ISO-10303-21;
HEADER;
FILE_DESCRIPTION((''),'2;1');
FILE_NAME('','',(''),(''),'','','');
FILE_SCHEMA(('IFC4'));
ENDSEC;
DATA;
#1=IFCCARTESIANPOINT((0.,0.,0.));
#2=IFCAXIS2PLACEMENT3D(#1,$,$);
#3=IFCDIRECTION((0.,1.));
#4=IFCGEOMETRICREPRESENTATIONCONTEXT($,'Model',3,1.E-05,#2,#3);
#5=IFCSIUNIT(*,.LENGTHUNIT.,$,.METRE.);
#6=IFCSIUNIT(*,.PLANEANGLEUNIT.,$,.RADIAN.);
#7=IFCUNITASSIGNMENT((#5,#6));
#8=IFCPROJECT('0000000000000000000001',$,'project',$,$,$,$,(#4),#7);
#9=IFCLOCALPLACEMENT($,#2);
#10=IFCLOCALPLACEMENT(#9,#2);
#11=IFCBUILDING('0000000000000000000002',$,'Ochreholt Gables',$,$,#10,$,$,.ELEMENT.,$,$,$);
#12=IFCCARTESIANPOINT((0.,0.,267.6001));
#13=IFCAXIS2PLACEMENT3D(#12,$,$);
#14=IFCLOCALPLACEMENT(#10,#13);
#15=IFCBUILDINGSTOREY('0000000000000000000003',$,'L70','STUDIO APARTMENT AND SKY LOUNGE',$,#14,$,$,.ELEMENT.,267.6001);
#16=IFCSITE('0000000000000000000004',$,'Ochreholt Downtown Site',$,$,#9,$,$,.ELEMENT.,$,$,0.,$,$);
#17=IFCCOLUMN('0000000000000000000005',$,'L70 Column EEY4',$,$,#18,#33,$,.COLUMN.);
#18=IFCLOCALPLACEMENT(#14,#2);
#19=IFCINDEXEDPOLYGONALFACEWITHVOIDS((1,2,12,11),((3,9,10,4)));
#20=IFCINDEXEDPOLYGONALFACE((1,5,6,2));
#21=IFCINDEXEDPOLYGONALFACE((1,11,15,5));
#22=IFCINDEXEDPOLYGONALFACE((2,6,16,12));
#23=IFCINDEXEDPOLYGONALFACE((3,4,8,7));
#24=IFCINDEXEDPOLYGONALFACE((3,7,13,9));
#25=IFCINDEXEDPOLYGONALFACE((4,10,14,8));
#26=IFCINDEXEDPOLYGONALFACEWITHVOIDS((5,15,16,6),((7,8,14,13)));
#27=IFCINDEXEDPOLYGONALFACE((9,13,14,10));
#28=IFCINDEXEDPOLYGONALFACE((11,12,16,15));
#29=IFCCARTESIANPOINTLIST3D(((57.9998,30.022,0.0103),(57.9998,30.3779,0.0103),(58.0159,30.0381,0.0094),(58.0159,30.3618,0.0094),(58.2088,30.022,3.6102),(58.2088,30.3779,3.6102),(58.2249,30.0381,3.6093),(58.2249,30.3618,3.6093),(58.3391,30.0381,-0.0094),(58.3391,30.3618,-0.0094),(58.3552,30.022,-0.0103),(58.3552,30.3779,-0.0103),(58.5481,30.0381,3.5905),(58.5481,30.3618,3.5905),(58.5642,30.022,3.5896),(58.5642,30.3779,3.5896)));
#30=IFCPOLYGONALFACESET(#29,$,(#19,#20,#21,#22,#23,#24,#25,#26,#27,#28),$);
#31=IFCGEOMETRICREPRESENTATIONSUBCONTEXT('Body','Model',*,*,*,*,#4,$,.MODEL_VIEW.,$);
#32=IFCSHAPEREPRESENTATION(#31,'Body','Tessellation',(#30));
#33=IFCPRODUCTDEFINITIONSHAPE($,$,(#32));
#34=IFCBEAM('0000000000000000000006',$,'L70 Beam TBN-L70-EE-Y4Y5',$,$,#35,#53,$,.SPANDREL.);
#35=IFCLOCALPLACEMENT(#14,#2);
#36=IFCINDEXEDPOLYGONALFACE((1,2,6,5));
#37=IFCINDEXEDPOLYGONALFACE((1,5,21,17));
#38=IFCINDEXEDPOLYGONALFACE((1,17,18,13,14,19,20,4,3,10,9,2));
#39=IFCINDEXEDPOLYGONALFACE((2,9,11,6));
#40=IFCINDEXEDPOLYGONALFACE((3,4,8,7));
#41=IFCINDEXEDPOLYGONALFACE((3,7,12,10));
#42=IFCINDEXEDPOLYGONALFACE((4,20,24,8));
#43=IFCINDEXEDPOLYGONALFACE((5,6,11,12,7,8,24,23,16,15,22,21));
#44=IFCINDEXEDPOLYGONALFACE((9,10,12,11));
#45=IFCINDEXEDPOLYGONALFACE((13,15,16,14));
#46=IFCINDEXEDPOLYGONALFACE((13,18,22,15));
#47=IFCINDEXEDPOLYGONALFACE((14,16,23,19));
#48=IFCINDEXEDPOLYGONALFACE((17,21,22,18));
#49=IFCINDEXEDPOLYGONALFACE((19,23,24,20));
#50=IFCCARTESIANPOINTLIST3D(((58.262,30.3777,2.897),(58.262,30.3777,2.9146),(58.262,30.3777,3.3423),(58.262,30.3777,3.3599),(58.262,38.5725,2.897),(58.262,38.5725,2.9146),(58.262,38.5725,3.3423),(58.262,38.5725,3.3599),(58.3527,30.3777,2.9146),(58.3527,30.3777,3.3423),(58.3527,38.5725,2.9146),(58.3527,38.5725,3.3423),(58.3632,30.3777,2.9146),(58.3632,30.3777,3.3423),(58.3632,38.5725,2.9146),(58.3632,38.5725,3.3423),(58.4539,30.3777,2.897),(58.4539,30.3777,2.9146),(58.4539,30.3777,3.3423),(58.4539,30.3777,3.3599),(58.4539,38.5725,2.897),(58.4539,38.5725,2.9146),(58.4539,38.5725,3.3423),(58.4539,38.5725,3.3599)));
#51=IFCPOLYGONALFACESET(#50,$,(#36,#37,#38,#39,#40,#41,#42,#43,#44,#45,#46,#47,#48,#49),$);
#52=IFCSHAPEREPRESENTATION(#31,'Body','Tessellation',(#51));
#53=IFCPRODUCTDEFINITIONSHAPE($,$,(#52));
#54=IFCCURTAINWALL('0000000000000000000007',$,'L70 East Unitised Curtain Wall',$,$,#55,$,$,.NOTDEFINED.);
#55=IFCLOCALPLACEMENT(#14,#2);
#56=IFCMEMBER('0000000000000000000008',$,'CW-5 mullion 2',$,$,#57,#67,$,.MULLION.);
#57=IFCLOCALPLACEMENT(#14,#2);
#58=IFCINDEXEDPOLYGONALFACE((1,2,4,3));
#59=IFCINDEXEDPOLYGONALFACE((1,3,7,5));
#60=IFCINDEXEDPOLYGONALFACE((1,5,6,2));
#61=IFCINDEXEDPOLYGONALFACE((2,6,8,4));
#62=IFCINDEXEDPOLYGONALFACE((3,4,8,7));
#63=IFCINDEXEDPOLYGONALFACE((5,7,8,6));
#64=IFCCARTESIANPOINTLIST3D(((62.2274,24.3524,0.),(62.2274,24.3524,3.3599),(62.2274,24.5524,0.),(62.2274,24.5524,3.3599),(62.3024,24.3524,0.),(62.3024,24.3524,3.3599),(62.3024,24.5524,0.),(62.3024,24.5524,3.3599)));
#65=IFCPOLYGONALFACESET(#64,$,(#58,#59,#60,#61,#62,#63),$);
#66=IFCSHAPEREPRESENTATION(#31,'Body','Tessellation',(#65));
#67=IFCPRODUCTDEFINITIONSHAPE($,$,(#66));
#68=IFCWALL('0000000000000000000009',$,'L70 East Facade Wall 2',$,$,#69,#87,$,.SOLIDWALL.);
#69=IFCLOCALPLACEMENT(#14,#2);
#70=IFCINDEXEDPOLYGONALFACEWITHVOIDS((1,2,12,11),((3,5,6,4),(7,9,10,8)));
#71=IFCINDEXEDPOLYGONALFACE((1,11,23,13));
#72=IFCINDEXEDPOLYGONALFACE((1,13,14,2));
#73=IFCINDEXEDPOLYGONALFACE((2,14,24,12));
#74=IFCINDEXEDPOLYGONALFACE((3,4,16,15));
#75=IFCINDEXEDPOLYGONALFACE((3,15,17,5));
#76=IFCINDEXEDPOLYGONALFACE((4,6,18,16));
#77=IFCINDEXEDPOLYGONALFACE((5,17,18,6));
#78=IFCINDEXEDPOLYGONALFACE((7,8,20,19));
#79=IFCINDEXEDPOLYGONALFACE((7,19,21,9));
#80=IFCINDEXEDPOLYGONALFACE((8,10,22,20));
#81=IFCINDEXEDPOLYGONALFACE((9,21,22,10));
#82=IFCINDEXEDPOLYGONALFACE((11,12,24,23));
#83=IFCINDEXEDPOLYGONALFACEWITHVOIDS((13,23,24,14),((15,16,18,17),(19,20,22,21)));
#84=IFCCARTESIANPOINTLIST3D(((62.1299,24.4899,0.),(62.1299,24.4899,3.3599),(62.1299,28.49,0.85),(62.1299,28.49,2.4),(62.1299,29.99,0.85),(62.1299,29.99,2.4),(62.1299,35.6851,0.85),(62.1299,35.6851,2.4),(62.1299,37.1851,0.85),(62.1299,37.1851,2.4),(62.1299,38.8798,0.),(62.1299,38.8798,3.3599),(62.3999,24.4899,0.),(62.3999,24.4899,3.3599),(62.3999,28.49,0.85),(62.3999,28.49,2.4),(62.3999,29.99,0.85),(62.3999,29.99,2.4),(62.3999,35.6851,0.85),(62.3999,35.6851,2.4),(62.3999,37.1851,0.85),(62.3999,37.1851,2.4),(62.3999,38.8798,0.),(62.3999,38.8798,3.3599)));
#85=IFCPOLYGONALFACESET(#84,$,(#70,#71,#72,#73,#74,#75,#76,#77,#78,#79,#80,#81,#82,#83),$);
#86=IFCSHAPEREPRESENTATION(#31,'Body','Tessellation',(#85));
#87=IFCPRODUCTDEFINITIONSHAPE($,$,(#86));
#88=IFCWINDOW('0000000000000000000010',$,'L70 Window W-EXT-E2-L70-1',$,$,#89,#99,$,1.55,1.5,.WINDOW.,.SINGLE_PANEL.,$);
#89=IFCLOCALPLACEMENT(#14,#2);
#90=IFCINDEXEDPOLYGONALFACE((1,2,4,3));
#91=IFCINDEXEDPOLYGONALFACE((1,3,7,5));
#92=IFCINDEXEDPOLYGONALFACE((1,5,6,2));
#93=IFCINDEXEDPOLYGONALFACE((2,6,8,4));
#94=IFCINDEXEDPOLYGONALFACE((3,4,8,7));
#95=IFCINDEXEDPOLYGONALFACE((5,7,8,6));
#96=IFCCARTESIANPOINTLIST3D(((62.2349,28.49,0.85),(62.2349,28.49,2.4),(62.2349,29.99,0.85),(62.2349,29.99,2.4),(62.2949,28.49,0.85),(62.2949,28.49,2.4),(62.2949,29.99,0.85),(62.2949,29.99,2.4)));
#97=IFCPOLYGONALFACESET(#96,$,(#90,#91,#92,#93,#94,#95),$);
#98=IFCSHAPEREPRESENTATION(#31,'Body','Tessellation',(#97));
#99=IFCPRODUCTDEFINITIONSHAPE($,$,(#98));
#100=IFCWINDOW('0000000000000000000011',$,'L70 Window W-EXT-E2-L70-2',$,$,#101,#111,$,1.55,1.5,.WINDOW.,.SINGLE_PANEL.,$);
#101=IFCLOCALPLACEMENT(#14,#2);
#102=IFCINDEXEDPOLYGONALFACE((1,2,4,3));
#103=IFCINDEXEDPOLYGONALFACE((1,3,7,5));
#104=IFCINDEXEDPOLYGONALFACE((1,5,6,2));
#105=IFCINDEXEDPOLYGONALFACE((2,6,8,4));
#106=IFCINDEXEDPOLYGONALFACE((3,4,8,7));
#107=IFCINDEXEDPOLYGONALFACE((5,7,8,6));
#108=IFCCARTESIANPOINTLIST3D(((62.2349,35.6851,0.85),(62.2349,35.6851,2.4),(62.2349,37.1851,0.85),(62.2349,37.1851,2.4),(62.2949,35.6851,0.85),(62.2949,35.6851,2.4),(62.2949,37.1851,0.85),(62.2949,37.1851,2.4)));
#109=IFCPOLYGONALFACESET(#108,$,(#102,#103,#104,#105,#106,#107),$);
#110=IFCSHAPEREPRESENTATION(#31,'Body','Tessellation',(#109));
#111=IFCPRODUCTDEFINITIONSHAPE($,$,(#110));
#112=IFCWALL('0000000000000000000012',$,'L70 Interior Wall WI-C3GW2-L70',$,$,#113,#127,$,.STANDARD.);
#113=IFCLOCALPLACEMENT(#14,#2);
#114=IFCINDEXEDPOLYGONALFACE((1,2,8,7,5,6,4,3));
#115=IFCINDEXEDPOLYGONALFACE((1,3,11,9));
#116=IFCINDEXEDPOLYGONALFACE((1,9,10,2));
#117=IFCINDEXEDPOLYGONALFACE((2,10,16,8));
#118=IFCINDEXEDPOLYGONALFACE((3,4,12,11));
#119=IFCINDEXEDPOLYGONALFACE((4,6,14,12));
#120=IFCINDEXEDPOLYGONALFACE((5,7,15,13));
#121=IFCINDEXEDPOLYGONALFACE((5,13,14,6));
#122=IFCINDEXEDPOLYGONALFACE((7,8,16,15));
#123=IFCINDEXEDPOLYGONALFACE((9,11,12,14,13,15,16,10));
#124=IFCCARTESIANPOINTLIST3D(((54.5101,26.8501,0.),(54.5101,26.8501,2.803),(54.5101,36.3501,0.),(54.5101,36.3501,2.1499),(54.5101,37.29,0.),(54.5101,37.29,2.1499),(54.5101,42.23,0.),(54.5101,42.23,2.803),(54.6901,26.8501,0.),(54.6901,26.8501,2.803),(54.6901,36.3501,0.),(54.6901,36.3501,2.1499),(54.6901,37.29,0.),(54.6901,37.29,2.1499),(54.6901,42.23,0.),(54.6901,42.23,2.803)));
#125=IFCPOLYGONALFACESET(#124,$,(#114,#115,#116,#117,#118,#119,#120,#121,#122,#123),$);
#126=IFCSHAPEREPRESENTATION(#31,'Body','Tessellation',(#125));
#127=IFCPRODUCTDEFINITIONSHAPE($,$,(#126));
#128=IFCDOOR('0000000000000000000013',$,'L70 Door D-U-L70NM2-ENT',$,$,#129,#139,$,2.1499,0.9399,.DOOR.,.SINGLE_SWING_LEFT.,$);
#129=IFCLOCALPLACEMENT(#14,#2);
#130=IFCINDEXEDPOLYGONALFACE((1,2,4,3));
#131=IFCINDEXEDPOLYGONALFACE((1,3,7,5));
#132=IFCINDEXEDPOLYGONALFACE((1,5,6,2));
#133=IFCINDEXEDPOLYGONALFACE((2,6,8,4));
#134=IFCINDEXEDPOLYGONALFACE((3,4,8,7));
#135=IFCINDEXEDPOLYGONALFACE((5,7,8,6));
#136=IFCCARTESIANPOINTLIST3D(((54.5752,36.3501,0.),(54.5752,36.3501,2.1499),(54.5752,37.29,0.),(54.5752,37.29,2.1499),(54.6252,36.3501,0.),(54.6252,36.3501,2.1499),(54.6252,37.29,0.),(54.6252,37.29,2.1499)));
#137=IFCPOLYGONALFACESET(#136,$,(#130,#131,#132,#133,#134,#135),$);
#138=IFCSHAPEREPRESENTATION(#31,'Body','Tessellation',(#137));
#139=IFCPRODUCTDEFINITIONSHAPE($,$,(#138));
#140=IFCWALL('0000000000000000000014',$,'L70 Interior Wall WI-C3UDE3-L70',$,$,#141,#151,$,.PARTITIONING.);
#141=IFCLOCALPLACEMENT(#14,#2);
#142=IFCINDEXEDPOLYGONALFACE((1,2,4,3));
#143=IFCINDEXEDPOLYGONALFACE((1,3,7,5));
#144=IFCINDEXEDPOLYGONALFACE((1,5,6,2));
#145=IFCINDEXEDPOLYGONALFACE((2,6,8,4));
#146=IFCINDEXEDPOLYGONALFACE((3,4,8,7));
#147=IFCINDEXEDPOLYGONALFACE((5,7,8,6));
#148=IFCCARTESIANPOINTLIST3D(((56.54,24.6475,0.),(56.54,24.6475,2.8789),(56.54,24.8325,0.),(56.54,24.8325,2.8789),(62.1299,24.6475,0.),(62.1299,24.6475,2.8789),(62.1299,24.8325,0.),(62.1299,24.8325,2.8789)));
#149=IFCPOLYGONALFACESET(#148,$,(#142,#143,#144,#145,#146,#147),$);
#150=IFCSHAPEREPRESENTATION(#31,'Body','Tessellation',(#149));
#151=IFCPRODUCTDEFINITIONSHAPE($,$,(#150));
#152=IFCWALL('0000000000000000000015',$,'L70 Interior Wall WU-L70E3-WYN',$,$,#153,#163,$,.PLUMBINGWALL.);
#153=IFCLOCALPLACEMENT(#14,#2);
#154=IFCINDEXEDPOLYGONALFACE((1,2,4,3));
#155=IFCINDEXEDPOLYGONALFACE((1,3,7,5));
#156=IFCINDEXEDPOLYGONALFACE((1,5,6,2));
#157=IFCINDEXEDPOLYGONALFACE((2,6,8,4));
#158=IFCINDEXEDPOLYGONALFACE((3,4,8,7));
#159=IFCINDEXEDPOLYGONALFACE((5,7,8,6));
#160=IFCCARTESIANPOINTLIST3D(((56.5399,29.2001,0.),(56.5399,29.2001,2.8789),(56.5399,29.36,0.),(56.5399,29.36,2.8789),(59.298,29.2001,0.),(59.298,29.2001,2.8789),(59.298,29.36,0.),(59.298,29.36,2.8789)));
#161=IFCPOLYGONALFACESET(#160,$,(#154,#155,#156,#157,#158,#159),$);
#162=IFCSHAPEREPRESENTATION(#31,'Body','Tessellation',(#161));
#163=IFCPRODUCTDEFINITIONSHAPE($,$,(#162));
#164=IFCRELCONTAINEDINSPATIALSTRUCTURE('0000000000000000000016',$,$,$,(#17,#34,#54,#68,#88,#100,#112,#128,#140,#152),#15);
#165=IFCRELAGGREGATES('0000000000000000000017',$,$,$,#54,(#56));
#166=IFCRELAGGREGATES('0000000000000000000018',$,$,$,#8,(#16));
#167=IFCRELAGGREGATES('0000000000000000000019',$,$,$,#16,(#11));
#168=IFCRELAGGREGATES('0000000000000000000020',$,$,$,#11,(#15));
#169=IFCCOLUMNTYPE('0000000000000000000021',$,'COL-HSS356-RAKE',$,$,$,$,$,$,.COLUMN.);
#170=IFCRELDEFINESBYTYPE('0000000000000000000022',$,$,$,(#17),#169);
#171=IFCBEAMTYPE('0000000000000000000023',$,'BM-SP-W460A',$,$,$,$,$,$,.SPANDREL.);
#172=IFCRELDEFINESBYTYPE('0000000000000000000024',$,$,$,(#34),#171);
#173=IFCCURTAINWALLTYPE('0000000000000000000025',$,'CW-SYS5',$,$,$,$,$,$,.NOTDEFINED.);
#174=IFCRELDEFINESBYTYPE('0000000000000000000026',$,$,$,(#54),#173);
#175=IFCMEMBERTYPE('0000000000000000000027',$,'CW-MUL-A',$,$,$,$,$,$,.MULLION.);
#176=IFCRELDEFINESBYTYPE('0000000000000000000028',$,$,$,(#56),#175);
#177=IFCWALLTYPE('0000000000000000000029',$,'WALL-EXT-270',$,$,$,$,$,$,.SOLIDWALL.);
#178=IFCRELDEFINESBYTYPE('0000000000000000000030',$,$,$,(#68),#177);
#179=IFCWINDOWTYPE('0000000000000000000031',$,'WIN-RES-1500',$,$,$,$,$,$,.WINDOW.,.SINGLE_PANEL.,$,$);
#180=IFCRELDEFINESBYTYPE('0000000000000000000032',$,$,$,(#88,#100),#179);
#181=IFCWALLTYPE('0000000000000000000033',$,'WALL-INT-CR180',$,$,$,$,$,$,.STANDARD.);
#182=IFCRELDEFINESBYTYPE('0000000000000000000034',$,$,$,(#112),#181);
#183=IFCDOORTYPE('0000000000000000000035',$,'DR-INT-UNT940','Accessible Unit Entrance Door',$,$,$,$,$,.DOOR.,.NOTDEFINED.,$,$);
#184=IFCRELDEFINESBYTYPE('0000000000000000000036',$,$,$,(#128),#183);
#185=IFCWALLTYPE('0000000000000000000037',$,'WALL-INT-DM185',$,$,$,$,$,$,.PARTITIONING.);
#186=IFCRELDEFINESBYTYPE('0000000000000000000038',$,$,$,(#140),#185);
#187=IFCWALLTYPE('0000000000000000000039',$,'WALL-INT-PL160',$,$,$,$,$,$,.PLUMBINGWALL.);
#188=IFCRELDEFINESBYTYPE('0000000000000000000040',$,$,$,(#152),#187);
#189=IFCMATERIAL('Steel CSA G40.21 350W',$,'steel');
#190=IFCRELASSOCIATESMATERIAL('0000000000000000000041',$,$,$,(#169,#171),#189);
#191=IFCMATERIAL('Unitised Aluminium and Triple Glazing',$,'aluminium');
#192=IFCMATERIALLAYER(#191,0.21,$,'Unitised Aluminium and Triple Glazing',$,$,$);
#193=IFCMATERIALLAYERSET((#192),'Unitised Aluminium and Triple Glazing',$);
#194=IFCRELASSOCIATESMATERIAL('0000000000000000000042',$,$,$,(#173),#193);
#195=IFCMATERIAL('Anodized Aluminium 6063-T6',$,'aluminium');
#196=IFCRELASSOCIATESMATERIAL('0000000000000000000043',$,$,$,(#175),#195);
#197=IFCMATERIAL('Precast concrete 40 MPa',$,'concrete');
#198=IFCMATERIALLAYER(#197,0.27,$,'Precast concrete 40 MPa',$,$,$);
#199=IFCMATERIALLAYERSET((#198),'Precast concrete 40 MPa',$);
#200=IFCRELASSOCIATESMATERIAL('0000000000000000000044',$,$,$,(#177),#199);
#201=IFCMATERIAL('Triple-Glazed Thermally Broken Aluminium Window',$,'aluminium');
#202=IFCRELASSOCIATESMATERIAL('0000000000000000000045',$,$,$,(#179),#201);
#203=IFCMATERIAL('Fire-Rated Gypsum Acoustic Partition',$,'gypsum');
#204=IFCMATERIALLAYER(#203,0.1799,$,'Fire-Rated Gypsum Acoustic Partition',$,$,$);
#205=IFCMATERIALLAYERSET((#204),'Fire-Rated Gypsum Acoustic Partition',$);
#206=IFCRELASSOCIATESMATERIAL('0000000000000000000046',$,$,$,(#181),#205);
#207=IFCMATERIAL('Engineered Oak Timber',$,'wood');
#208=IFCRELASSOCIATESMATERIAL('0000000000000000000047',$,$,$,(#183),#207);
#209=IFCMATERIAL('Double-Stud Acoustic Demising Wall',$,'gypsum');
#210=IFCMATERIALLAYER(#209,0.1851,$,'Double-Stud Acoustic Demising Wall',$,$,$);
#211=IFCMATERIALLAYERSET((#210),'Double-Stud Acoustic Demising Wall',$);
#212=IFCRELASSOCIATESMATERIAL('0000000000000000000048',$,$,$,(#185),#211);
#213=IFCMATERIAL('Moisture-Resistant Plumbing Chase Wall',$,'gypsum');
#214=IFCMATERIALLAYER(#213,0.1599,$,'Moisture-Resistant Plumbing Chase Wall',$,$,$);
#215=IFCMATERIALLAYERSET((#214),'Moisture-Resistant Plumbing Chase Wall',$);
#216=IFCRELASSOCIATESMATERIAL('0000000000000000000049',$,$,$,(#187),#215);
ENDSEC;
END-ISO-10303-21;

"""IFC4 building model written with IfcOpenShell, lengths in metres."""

from ifc_helpers import new_model, si_unit, direction, frame, frame_2d, origin, origin_2d, place, context, subcontext, project, spatial, rectangle, hollow_rectangle, i_section, extrude, material, layer, layer_set, material_profile, profile_set, type_object, element, fill, aggregate, save


model = new_model("IFC4")

# Units and contexts
model_context = context("Model", 3, precision=1e-05, world=origin(), true_north=direction((0.0, 1.0)))
body_context = subcontext(model_context, "Body", "Model", "MODEL_VIEW")
ifc_project = project(units=[si_unit("LENGTHUNIT", "METRE"), si_unit("PLANEANGLEUNIT", "RADIAN")], contexts=[model_context])

# Site, building, storey
site_placement = place(None, origin())
site = spatial("IfcSite", under=ifc_project, at=site_placement, Name="Ochreholt Downtown Site", CompositionType="ELEMENT", RefElevation=0.0)
building_placement = place(site_placement, origin())
building = spatial("IfcBuilding", under=site, at=building_placement, Name="Ochreholt Gables", CompositionType="ELEMENT")
storey_placement = place(building_placement, frame((0.0, 0.0, 267.6001)))
storey = spatial("IfcBuildingStorey", under=building, at=storey_placement, Name="L70", Description="STUDIO APARTMENT AND SKY LOUNGE", CompositionType="ELEMENT", Elevation=267.6001)

# Column
ifc_material_1 = material(Name="Steel CSA G40.21 350W", Category="steel")
ifc_material_profile_1 = material_profile(ifc_material_1, hollow_rectangle(XDim=0.356, YDim=0.356, WallThickness=0.0161, at=origin_2d()), Name="HSS356X356X16")
ifc_profile_set_1 = profile_set([ifc_material_profile_1], Name="Steel CSA G40.21 350W")
column_type = type_object("IfcColumnType", Name="COL-HSS356-RAKE", PredefinedType="COLUMN", material=ifc_profile_set_1)
column_placement = place(storey_placement, frame((58.1775, 30.2, 0.0), z_axis=(0.057956, 0.0, 0.998319), x_axis=(0.0, 1.0, 0.0)))
element("IfcColumn", 1, at=column_placement, inside=storey, type_object=column_type, Name="L70 Column EEY4", PredefinedType="COLUMN", context=body_context, shape_type="SweptSolid", body=[
    extrude(hollow_rectangle(XDim=0.356, YDim=0.356, WallThickness=0.0161, at=origin_2d()), origin(), (0.0, 0.0, 1.0), 3.606),
])

# Beam
ifc_material_profile_2 = material_profile(ifc_material_1, i_section(OverallWidth=0.1919, OverallDepth=0.4629, WebThickness=0.0105, FlangeThickness=0.0176, at=origin_2d()), Name="W460X89")
ifc_profile_set_2 = profile_set([ifc_material_profile_2], Name="Steel CSA G40.21 350W")
beam_type = type_object("IfcBeamType", Name="BM-SP-W460A", PredefinedType="SPANDREL", material=ifc_profile_set_2)
beam_placement = place(storey_placement, frame((58.3579, 30.3777, 3.1284), z_axis=(0.0, 1.0, 0.0), x_axis=(-1.0, 0.0, 0.0)))
element("IfcBeam", 2, at=beam_placement, inside=storey, type_object=beam_type, Name="L70 Beam TBN-L70-EE-Y4Y5", PredefinedType="SPANDREL", context=body_context, shape_type="SweptSolid", body=[
    extrude(i_section(OverallWidth=0.1919, OverallDepth=0.4629, WebThickness=0.0105, FlangeThickness=0.0176, at=origin_2d()), origin(), (0.0, 0.0, 1.0), 8.1948),
])

# Curtain wall, member
ifc_material_2 = material(Name="Unitised Aluminium and Triple Glazing", Category="aluminium")
ifc_layer_1 = layer(ifc_material_2, 0.21, Name="Unitised Aluminium and Triple Glazing")
ifc_layer_set_1 = layer_set([ifc_layer_1], Name="Unitised Aluminium and Triple Glazing")
curtain_wall_type = type_object("IfcCurtainWallType", Name="CW-SYS5", PredefinedType="NOTDEFINED", material=ifc_layer_set_1)
curtain_wall_placement = place(storey_placement, origin())
curtain_wall = element("IfcCurtainWall", 3, at=curtain_wall_placement, inside=storey, type_object=curtain_wall_type, Name="L70 East Unitised Curtain Wall", PredefinedType="NOTDEFINED")
ifc_material_3 = material(Name="Anodized Aluminium 6063-T6", Category="aluminium")
ifc_material_profile_3 = material_profile(ifc_material_3, rectangle(XDim=0.075, YDim=0.2, at=origin_2d()), Name="CWM75X200")
ifc_profile_set_3 = profile_set([ifc_material_profile_3], Name="Anodized Aluminium 6063-T6")
member_type = type_object("IfcMemberType", Name="CW-MUL-A", PredefinedType="MULLION", material=ifc_profile_set_3)
member_placement = place(storey_placement, frame((62.2649, 24.4524, 0.0), z_axis=(0.0, 0.0, 1.0), x_axis=(-1.0, 0.0, 0.0)))
member = element("IfcMember", 4, at=member_placement, type_object=member_type, Name="CW-5 mullion 2", PredefinedType="MULLION", context=body_context, shape_type="SweptSolid", body=[
    extrude(rectangle(XDim=0.075, YDim=0.2, at=origin_2d()), origin(), (0.0, 0.0, 1.0), 3.3599),
])
aggregate(curtain_wall, [member])

# Wall, openings, windows
ifc_material_4 = material(Name="Precast concrete 40 MPa", Category="concrete")
ifc_layer_2 = layer(ifc_material_4, 0.27, Name="Precast concrete 40 MPa")
ifc_layer_set_2 = layer_set([ifc_layer_2], Name="Precast concrete 40 MPa")
wall_type_1 = type_object("IfcWallType", Name="WALL-EXT-270", PredefinedType="SOLIDWALL", material=ifc_layer_set_2)
wall_1_placement = place(storey_placement, frame((62.2649, 24.49, 0.0), z_axis=(0.0, 0.0, 1.0), x_axis=(0.0, 1.0, 0.0)))
wall_1 = element("IfcWall", 5, at=wall_1_placement, inside=storey, type_object=wall_type_1, Name="L70 East Facade Wall 2", PredefinedType="SOLIDWALL", context=body_context, shape_type="SweptSolid", body=[
    extrude(rectangle(XDim=14.3899, YDim=0.27, at=frame_2d((7.1948, 0.0))), origin(), (0.0, 0.0, 1.0), 3.3599),
])
opening_1_placement = place(wall_1_placement, frame((4.0, 0.0, 0.8501)))
opening_1 = element("IfcOpeningElement", 6, at=opening_1_placement, cuts=wall_1, PredefinedType="OPENING", context=body_context, shape_type="SweptSolid", body=[
    extrude(rectangle(XDim=1.5, YDim=1.55, at=frame_2d((0.75, 0.7749))), frame((0.0, 0.145, 0.0), z_axis=(0.0, -1.0, 0.0), x_axis=(1.0, 0.0, 0.0)), (0.0, 0.0, 1.0), 0.29),
])
opening_2_placement = place(wall_1_placement, frame((11.1951, 0.0, 0.8501)))
opening_2 = element("IfcOpeningElement", 7, at=opening_2_placement, cuts=wall_1, PredefinedType="OPENING", context=body_context, shape_type="SweptSolid", body=[
    extrude(rectangle(XDim=1.5, YDim=1.55, at=frame_2d((0.75, 0.7749))), frame((0.0, 0.145, 0.0), z_axis=(0.0, -1.0, 0.0), x_axis=(1.0, 0.0, 0.0)), (0.0, 0.0, 1.0), 0.29),
])
ifc_material_5 = material(Name="Triple-Glazed Thermally Broken Aluminium Window", Category="aluminium")
window_type = type_object("IfcWindowType", Name="WIN-RES-1500", PartitioningType="SINGLE_PANEL", PredefinedType="WINDOW", material=ifc_material_5)
window_1_placement = place(opening_1_placement, origin())
window_1 = element("IfcWindow", 8, at=window_1_placement, inside=storey, type_object=window_type, Name="L70 Window W-EXT-E2-L70-1", OverallHeight=1.55, OverallWidth=1.5, PartitioningType="SINGLE_PANEL", PredefinedType="WINDOW", context=body_context, shape_type="SweptSolid", body=[
    extrude(rectangle(XDim=1.5, YDim=1.55, at=frame_2d((0.75, 0.7749))), frame((0.0, 0.03, 0.0), z_axis=(0.0, -1.0, 0.0), x_axis=(1.0, 0.0, 0.0)), (0.0, 0.0, 1.0), 0.0601),
])
fill(opening_1, window_1)
window_2_placement = place(opening_2_placement, origin())
window_2 = element("IfcWindow", 9, at=window_2_placement, inside=storey, type_object=window_type, Name="L70 Window W-EXT-E2-L70-2", OverallHeight=1.55, OverallWidth=1.5, PartitioningType="SINGLE_PANEL", PredefinedType="WINDOW", context=body_context, shape_type="SweptSolid", body=[
    extrude(rectangle(XDim=1.5, YDim=1.55, at=frame_2d((0.75, 0.7749))), frame((0.0, 0.03, 0.0), z_axis=(0.0, -1.0, 0.0), x_axis=(1.0, 0.0, 0.0)), (0.0, 0.0, 1.0), 0.0601),
])
fill(opening_2, window_2)

# Wall, opening, door
ifc_material_6 = material(Name="Fire-Rated Gypsum Acoustic Partition", Category="gypsum")
ifc_layer_3 = layer(ifc_material_6, 0.1799, Name="Fire-Rated Gypsum Acoustic Partition")
ifc_layer_set_3 = layer_set([ifc_layer_3], Name="Fire-Rated Gypsum Acoustic Partition")
wall_type_2 = type_object("IfcWallType", Name="WALL-INT-CR180", PredefinedType="STANDARD", material=ifc_layer_set_3)
wall_2_placement = place(storey_placement, frame((54.6001, 26.8501, 0.0), z_axis=(0.0, 0.0, 1.0), x_axis=(0.0, 1.0, 0.0)))
wall_2 = element("IfcWall", 10, at=wall_2_placement, inside=storey, type_object=wall_type_2, Name="L70 Interior Wall WI-C3GW2-L70", PredefinedType="STANDARD", context=body_context, shape_type="SweptSolid", body=[
    extrude(rectangle(XDim=15.3799, YDim=0.1799, at=frame_2d((7.6899, 0.0))), origin(), (0.0, 0.0, 1.0), 2.803),
])
opening_3_placement = place(wall_2_placement, frame((9.5, 0.0, 0.0)))
opening_3 = element("IfcOpeningElement", 11, at=opening_3_placement, cuts=wall_2, PredefinedType="OPENING", context=body_context, shape_type="SweptSolid", body=[
    extrude(rectangle(XDim=0.9399, YDim=2.1499, at=frame_2d((0.47, 1.075))), frame((0.0, 0.0999, 0.0), z_axis=(0.0, -1.0, 0.0), x_axis=(1.0, 0.0, 0.0)), (0.0, 0.0, 1.0), 0.2),
])
ifc_material_7 = material(Name="Engineered Oak Timber", Category="wood")
door_type_1 = type_object("IfcDoorType", Name="DR-INT-UNT940", Description="Accessible Unit Entrance Door", OperationType="NOTDEFINED", PredefinedType="DOOR", material=ifc_material_7)
door_1_placement = place(opening_3_placement, origin())
door_1 = element("IfcDoor", 12, at=door_1_placement, inside=storey, type_object=door_type_1, Name="L70 Door D-U-L70NM2-ENT", OperationType="SINGLE_SWING_LEFT", OverallHeight=2.1499, OverallWidth=0.9399, PredefinedType="DOOR", context=body_context, shape_type="SweptSolid", body=[
    extrude(rectangle(XDim=0.9399, YDim=2.1499, at=frame_2d((0.47, 1.075))), frame((0.0, 0.0249, 0.0), z_axis=(0.0, -1.0, 0.0), x_axis=(1.0, 0.0, 0.0)), (0.0, 0.0, 1.0), 0.05),
])
fill(opening_3, door_1)

# Walls
ifc_material_8 = material(Name="Double-Stud Acoustic Demising Wall", Category="gypsum")
ifc_layer_4 = layer(ifc_material_8, 0.1851, Name="Double-Stud Acoustic Demising Wall")
ifc_layer_set_4 = layer_set([ifc_layer_4], Name="Double-Stud Acoustic Demising Wall")
wall_type_3 = type_object("IfcWallType", Name="WALL-INT-DM185", PredefinedType="PARTITIONING", material=ifc_layer_set_4)
wall_3_placement = place(storey_placement, frame((56.54, 24.74, 0.0), z_axis=(0.0, 0.0, 1.0), x_axis=(1.0, 0.0, 0.0)))
element("IfcWall", 13, at=wall_3_placement, inside=storey, type_object=wall_type_3, Name="L70 Interior Wall WI-C3UDE3-L70", PredefinedType="PARTITIONING", context=body_context, shape_type="SweptSolid", body=[
    extrude(rectangle(XDim=5.5898, YDim=0.1851, at=frame_2d((2.7949, 0.0))), origin(), (0.0, 0.0, 1.0), 2.8789),
])
ifc_material_9 = material(Name="Moisture-Resistant Plumbing Chase Wall", Category="gypsum")
ifc_layer_5 = layer(ifc_material_9, 0.1599, Name="Moisture-Resistant Plumbing Chase Wall")
ifc_layer_set_5 = layer_set([ifc_layer_5], Name="Moisture-Resistant Plumbing Chase Wall")
wall_type_4 = type_object("IfcWallType", Name="WALL-INT-PL160", PredefinedType="PLUMBINGWALL", material=ifc_layer_set_5)
wall_4_placement = place(storey_placement, frame((56.54, 29.28, 0.0), z_axis=(0.0, 0.0, 1.0), x_axis=(1.0, 0.0, 0.0)))
element("IfcWall", 14, at=wall_4_placement, inside=storey, type_object=wall_type_4, Name="L70 Interior Wall WU-L70E3-WYN", PredefinedType="PLUMBINGWALL", context=body_context, shape_type="SweptSolid", body=[
    extrude(rectangle(XDim=2.7581, YDim=0.1599, at=frame_2d((1.3789, 0.0))), origin(), (0.0, 0.0, 1.0), 2.8789),
])

save(model, "model.ifc")
